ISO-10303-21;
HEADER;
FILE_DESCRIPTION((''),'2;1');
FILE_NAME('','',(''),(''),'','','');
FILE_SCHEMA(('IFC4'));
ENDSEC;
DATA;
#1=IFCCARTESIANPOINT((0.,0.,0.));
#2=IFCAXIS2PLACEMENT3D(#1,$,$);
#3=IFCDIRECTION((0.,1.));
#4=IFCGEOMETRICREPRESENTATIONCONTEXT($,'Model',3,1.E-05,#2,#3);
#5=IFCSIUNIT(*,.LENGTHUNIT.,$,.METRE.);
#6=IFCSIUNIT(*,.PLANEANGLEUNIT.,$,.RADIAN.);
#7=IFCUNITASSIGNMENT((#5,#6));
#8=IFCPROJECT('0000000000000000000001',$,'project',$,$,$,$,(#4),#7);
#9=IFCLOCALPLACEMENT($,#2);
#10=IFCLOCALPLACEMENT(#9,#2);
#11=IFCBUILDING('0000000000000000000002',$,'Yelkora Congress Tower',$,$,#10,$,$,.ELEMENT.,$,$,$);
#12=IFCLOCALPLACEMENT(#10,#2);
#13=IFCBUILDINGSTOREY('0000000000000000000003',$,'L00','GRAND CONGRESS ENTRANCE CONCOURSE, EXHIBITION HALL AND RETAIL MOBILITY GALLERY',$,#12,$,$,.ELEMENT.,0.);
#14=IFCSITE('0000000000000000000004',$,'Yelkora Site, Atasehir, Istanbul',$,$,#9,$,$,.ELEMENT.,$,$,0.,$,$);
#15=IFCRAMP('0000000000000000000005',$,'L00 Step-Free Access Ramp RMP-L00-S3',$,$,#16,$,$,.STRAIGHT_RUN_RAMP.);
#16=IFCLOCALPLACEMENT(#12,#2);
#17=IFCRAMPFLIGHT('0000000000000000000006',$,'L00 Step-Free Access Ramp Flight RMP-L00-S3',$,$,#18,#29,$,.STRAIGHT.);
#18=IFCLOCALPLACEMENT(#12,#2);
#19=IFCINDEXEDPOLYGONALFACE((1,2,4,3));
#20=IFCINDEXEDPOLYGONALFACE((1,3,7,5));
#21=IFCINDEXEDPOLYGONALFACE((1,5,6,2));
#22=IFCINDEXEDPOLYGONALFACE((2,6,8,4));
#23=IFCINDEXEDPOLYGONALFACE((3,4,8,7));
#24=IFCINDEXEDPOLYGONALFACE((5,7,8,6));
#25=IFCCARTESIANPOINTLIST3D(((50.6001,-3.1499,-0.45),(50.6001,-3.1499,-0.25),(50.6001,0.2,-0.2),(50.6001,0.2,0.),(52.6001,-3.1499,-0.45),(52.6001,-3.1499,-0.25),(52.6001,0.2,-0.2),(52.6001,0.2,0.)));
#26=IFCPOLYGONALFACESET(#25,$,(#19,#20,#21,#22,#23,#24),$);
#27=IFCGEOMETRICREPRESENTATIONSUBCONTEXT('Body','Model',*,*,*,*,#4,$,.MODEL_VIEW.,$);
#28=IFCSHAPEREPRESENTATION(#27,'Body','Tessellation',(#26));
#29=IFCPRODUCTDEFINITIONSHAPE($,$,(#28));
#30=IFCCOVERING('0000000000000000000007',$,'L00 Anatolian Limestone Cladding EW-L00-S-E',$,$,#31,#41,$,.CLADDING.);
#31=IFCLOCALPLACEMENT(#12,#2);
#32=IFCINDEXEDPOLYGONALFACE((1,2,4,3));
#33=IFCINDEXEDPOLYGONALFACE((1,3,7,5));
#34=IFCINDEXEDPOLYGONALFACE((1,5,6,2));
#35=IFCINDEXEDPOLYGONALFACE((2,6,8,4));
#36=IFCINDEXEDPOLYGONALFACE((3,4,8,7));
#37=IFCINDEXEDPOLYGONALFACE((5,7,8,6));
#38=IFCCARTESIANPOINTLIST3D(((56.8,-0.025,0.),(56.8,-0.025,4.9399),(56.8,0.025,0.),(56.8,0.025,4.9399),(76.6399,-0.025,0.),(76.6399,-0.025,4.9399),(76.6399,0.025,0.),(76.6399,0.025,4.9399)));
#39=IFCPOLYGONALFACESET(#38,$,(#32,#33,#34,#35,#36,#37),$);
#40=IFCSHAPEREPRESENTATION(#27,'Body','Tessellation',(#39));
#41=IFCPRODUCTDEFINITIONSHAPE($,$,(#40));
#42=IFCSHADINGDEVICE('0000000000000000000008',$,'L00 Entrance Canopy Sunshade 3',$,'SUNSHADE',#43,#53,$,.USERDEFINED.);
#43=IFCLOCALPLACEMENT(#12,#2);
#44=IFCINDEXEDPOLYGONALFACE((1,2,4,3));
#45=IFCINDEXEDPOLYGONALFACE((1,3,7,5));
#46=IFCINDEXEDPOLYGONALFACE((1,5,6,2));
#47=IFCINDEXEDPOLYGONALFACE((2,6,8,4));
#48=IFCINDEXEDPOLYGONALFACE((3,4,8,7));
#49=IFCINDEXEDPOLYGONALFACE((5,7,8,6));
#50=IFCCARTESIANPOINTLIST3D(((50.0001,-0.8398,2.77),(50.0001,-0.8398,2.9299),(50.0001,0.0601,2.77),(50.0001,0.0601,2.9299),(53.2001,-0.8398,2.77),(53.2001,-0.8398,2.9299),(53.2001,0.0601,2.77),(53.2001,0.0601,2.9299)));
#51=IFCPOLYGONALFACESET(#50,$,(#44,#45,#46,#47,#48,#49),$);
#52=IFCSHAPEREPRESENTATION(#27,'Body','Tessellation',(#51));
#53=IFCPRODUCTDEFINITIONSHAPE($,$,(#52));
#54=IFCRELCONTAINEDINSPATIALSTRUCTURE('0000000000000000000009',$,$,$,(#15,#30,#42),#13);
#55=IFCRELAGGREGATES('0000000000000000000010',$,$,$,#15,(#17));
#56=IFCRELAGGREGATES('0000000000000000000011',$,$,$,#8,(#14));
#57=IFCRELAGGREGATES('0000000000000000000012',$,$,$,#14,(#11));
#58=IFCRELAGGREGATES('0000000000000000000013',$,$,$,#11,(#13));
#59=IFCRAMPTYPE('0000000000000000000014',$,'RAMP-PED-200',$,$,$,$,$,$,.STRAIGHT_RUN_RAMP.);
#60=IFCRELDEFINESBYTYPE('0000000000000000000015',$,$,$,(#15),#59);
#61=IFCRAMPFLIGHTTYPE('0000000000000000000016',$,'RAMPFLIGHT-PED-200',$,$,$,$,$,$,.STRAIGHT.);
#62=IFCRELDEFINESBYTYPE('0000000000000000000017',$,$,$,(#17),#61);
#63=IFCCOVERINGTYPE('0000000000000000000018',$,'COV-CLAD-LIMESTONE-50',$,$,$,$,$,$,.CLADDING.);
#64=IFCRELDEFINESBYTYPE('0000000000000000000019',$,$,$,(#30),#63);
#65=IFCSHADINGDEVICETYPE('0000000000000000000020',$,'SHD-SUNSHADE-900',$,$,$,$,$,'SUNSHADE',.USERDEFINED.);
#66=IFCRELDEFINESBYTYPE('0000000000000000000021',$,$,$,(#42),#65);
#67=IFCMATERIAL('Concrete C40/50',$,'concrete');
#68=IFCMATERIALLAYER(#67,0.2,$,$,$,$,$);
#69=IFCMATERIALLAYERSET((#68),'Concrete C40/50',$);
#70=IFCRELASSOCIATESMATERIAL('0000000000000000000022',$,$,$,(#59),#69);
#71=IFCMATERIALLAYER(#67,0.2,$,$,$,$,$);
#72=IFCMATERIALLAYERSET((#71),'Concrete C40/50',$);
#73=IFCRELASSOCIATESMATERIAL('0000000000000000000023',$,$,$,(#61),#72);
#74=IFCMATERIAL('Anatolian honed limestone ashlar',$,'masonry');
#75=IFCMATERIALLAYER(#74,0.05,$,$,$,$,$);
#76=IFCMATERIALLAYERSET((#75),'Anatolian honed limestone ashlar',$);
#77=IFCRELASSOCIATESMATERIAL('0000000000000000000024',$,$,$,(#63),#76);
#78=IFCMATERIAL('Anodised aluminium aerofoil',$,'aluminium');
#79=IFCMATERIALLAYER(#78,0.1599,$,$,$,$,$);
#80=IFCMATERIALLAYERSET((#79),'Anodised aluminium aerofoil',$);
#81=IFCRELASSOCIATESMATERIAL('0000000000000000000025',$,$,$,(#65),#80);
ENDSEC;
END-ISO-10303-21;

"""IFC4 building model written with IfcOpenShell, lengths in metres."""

from ifc_helpers import new_model, si_unit, direction, frame, frame_2d, origin, origin_2d, place, context, subcontext, project, spatial, polyline, rectangle, outline, extrude, material, layer, layer_set, type_object, element, aggregate, save


model = new_model("IFC4")

# Units and contexts
model_context = context("Model", 3, precision=1e-05, world=origin(), true_north=direction((0.0, 1.0)))
body_context = subcontext(model_context, "Body", "Model", "MODEL_VIEW")
ifc_project = project(units=[si_unit("LENGTHUNIT", "METRE"), si_unit("PLANEANGLEUNIT", "RADIAN")], contexts=[model_context])

# Site, building, storey
site_placement = place(None, origin())
site = spatial("IfcSite", under=ifc_project, at=site_placement, Name="Yelkora Site, Atasehir, Istanbul", CompositionType="ELEMENT", RefElevation=0.0)
building_placement = place(site_placement, origin())
building = spatial("IfcBuilding", under=site, at=building_placement, Name="Yelkora Congress Tower", CompositionType="ELEMENT")
storey_placement = place(building_placement, origin())
storey = spatial("IfcBuildingStorey", under=building, at=storey_placement, Name="L00", Description="GRAND CONGRESS ENTRANCE CONCOURSE, EXHIBITION HALL AND RETAIL MOBILITY GALLERY", CompositionType="ELEMENT", Elevation=0.0)

# Ramp, ramp flight
ifc_material_1 = material(Name="Concrete C40/50", Category="concrete")
ifc_layer_1 = layer(ifc_material_1, 0.2)
ifc_layer_set_1 = layer_set([ifc_layer_1], Name="Concrete C40/50")
ramp_type = type_object("IfcRampType", Name="RAMP-PED-200", PredefinedType="STRAIGHT_RUN_RAMP", material=ifc_layer_set_1)
ramp_placement = place(storey_placement, origin())
ramp = element("IfcRamp", 1, at=ramp_placement, inside=storey, type_object=ramp_type, Name="L00 Step-Free Access Ramp RMP-L00-S3", PredefinedType="STRAIGHT_RUN_RAMP")
ifc_layer_2 = layer(ifc_material_1, 0.2)
ifc_layer_set_2 = layer_set([ifc_layer_2], Name="Concrete C40/50")
ramp_flight_type = type_object("IfcRampFlightType", Name="RAMPFLIGHT-PED-200", PredefinedType="STRAIGHT", material=ifc_layer_set_2)
ramp_flight_placement = place(storey_placement, frame((51.6001, -3.1499, -0.25), z_axis=(0.0, 0.0, 1.0), x_axis=(0.0, 1.0, 0.0)))
ramp_flight = element("IfcRampFlight", 2, at=ramp_flight_placement, type_object=ramp_flight_type, Name="L00 Step-Free Access Ramp Flight RMP-L00-S3", PredefinedType="STRAIGHT", context=body_context, shape_type="SweptSolid", body=[
    extrude(outline(polyline([(0.0, -0.2), (3.3499, 0.05), (3.3499, 0.25), (0.0, 0.0), (0.0, -0.2)])), frame((0.0, 1.0, 0.0), z_axis=(0.0, -1.0, 0.0), x_axis=(1.0, 0.0, 0.0)), (0.0, 0.0, 1.0), 2.0),
])
aggregate(ramp, [ramp_flight])

# Covering
ifc_material_2 = material(Name="Anatolian honed limestone ashlar", Category="masonry")
ifc_layer_3 = layer(ifc_material_2, 0.05)
ifc_layer_set_3 = layer_set([ifc_layer_3], Name="Anatolian honed limestone ashlar")
covering_type = type_object("IfcCoveringType", Name="COV-CLAD-LIMESTONE-50", PredefinedType="CLADDING", material=ifc_layer_set_3)
covering_placement = place(storey_placement, frame((56.8, 0.0, 0.0), z_axis=(0.0, 0.0, 1.0), x_axis=(1.0, 0.0, 0.0)))
element("IfcCovering", 3, at=covering_placement, inside=storey, type_object=covering_type, Name="L00 Anatolian Limestone Cladding EW-L00-S-E", PredefinedType="CLADDING", context=body_context, shape_type="SweptSolid", body=[
    extrude(rectangle(XDim=19.8398, YDim=0.05, at=frame_2d((9.9199, 0.0))), origin(), (0.0, 0.0, 1.0), 4.9399),
])

# Shading device
ifc_material_3 = material(Name="Anodised aluminium aerofoil", Category="aluminium")
ifc_layer_4 = layer(ifc_material_3, 0.1599)
ifc_layer_set_4 = layer_set([ifc_layer_4], Name="Anodised aluminium aerofoil")
shading_device_type = type_object("IfcShadingDeviceType", Name="SHD-SUNSHADE-900", ElementType="SUNSHADE", PredefinedType="USERDEFINED", material=ifc_layer_set_4)
shading_device_placement = place(storey_placement, frame((51.6001, -0.3899, 2.77), z_axis=(0.0, 0.0, 1.0), x_axis=(1.0, 0.0, 0.0)))
element("IfcShadingDevice", 4, at=shading_device_placement, inside=storey, type_object=shading_device_type, Name="L00 Entrance Canopy Sunshade 3", ObjectType="SUNSHADE", PredefinedType="USERDEFINED", context=body_context, shape_type="SweptSolid", body=[
    extrude(rectangle(XDim=3.2, YDim=0.8999, at=origin_2d()), origin(), (0.0, 0.0, 1.0), 0.1599),
])

save(model, "model.ifc")
